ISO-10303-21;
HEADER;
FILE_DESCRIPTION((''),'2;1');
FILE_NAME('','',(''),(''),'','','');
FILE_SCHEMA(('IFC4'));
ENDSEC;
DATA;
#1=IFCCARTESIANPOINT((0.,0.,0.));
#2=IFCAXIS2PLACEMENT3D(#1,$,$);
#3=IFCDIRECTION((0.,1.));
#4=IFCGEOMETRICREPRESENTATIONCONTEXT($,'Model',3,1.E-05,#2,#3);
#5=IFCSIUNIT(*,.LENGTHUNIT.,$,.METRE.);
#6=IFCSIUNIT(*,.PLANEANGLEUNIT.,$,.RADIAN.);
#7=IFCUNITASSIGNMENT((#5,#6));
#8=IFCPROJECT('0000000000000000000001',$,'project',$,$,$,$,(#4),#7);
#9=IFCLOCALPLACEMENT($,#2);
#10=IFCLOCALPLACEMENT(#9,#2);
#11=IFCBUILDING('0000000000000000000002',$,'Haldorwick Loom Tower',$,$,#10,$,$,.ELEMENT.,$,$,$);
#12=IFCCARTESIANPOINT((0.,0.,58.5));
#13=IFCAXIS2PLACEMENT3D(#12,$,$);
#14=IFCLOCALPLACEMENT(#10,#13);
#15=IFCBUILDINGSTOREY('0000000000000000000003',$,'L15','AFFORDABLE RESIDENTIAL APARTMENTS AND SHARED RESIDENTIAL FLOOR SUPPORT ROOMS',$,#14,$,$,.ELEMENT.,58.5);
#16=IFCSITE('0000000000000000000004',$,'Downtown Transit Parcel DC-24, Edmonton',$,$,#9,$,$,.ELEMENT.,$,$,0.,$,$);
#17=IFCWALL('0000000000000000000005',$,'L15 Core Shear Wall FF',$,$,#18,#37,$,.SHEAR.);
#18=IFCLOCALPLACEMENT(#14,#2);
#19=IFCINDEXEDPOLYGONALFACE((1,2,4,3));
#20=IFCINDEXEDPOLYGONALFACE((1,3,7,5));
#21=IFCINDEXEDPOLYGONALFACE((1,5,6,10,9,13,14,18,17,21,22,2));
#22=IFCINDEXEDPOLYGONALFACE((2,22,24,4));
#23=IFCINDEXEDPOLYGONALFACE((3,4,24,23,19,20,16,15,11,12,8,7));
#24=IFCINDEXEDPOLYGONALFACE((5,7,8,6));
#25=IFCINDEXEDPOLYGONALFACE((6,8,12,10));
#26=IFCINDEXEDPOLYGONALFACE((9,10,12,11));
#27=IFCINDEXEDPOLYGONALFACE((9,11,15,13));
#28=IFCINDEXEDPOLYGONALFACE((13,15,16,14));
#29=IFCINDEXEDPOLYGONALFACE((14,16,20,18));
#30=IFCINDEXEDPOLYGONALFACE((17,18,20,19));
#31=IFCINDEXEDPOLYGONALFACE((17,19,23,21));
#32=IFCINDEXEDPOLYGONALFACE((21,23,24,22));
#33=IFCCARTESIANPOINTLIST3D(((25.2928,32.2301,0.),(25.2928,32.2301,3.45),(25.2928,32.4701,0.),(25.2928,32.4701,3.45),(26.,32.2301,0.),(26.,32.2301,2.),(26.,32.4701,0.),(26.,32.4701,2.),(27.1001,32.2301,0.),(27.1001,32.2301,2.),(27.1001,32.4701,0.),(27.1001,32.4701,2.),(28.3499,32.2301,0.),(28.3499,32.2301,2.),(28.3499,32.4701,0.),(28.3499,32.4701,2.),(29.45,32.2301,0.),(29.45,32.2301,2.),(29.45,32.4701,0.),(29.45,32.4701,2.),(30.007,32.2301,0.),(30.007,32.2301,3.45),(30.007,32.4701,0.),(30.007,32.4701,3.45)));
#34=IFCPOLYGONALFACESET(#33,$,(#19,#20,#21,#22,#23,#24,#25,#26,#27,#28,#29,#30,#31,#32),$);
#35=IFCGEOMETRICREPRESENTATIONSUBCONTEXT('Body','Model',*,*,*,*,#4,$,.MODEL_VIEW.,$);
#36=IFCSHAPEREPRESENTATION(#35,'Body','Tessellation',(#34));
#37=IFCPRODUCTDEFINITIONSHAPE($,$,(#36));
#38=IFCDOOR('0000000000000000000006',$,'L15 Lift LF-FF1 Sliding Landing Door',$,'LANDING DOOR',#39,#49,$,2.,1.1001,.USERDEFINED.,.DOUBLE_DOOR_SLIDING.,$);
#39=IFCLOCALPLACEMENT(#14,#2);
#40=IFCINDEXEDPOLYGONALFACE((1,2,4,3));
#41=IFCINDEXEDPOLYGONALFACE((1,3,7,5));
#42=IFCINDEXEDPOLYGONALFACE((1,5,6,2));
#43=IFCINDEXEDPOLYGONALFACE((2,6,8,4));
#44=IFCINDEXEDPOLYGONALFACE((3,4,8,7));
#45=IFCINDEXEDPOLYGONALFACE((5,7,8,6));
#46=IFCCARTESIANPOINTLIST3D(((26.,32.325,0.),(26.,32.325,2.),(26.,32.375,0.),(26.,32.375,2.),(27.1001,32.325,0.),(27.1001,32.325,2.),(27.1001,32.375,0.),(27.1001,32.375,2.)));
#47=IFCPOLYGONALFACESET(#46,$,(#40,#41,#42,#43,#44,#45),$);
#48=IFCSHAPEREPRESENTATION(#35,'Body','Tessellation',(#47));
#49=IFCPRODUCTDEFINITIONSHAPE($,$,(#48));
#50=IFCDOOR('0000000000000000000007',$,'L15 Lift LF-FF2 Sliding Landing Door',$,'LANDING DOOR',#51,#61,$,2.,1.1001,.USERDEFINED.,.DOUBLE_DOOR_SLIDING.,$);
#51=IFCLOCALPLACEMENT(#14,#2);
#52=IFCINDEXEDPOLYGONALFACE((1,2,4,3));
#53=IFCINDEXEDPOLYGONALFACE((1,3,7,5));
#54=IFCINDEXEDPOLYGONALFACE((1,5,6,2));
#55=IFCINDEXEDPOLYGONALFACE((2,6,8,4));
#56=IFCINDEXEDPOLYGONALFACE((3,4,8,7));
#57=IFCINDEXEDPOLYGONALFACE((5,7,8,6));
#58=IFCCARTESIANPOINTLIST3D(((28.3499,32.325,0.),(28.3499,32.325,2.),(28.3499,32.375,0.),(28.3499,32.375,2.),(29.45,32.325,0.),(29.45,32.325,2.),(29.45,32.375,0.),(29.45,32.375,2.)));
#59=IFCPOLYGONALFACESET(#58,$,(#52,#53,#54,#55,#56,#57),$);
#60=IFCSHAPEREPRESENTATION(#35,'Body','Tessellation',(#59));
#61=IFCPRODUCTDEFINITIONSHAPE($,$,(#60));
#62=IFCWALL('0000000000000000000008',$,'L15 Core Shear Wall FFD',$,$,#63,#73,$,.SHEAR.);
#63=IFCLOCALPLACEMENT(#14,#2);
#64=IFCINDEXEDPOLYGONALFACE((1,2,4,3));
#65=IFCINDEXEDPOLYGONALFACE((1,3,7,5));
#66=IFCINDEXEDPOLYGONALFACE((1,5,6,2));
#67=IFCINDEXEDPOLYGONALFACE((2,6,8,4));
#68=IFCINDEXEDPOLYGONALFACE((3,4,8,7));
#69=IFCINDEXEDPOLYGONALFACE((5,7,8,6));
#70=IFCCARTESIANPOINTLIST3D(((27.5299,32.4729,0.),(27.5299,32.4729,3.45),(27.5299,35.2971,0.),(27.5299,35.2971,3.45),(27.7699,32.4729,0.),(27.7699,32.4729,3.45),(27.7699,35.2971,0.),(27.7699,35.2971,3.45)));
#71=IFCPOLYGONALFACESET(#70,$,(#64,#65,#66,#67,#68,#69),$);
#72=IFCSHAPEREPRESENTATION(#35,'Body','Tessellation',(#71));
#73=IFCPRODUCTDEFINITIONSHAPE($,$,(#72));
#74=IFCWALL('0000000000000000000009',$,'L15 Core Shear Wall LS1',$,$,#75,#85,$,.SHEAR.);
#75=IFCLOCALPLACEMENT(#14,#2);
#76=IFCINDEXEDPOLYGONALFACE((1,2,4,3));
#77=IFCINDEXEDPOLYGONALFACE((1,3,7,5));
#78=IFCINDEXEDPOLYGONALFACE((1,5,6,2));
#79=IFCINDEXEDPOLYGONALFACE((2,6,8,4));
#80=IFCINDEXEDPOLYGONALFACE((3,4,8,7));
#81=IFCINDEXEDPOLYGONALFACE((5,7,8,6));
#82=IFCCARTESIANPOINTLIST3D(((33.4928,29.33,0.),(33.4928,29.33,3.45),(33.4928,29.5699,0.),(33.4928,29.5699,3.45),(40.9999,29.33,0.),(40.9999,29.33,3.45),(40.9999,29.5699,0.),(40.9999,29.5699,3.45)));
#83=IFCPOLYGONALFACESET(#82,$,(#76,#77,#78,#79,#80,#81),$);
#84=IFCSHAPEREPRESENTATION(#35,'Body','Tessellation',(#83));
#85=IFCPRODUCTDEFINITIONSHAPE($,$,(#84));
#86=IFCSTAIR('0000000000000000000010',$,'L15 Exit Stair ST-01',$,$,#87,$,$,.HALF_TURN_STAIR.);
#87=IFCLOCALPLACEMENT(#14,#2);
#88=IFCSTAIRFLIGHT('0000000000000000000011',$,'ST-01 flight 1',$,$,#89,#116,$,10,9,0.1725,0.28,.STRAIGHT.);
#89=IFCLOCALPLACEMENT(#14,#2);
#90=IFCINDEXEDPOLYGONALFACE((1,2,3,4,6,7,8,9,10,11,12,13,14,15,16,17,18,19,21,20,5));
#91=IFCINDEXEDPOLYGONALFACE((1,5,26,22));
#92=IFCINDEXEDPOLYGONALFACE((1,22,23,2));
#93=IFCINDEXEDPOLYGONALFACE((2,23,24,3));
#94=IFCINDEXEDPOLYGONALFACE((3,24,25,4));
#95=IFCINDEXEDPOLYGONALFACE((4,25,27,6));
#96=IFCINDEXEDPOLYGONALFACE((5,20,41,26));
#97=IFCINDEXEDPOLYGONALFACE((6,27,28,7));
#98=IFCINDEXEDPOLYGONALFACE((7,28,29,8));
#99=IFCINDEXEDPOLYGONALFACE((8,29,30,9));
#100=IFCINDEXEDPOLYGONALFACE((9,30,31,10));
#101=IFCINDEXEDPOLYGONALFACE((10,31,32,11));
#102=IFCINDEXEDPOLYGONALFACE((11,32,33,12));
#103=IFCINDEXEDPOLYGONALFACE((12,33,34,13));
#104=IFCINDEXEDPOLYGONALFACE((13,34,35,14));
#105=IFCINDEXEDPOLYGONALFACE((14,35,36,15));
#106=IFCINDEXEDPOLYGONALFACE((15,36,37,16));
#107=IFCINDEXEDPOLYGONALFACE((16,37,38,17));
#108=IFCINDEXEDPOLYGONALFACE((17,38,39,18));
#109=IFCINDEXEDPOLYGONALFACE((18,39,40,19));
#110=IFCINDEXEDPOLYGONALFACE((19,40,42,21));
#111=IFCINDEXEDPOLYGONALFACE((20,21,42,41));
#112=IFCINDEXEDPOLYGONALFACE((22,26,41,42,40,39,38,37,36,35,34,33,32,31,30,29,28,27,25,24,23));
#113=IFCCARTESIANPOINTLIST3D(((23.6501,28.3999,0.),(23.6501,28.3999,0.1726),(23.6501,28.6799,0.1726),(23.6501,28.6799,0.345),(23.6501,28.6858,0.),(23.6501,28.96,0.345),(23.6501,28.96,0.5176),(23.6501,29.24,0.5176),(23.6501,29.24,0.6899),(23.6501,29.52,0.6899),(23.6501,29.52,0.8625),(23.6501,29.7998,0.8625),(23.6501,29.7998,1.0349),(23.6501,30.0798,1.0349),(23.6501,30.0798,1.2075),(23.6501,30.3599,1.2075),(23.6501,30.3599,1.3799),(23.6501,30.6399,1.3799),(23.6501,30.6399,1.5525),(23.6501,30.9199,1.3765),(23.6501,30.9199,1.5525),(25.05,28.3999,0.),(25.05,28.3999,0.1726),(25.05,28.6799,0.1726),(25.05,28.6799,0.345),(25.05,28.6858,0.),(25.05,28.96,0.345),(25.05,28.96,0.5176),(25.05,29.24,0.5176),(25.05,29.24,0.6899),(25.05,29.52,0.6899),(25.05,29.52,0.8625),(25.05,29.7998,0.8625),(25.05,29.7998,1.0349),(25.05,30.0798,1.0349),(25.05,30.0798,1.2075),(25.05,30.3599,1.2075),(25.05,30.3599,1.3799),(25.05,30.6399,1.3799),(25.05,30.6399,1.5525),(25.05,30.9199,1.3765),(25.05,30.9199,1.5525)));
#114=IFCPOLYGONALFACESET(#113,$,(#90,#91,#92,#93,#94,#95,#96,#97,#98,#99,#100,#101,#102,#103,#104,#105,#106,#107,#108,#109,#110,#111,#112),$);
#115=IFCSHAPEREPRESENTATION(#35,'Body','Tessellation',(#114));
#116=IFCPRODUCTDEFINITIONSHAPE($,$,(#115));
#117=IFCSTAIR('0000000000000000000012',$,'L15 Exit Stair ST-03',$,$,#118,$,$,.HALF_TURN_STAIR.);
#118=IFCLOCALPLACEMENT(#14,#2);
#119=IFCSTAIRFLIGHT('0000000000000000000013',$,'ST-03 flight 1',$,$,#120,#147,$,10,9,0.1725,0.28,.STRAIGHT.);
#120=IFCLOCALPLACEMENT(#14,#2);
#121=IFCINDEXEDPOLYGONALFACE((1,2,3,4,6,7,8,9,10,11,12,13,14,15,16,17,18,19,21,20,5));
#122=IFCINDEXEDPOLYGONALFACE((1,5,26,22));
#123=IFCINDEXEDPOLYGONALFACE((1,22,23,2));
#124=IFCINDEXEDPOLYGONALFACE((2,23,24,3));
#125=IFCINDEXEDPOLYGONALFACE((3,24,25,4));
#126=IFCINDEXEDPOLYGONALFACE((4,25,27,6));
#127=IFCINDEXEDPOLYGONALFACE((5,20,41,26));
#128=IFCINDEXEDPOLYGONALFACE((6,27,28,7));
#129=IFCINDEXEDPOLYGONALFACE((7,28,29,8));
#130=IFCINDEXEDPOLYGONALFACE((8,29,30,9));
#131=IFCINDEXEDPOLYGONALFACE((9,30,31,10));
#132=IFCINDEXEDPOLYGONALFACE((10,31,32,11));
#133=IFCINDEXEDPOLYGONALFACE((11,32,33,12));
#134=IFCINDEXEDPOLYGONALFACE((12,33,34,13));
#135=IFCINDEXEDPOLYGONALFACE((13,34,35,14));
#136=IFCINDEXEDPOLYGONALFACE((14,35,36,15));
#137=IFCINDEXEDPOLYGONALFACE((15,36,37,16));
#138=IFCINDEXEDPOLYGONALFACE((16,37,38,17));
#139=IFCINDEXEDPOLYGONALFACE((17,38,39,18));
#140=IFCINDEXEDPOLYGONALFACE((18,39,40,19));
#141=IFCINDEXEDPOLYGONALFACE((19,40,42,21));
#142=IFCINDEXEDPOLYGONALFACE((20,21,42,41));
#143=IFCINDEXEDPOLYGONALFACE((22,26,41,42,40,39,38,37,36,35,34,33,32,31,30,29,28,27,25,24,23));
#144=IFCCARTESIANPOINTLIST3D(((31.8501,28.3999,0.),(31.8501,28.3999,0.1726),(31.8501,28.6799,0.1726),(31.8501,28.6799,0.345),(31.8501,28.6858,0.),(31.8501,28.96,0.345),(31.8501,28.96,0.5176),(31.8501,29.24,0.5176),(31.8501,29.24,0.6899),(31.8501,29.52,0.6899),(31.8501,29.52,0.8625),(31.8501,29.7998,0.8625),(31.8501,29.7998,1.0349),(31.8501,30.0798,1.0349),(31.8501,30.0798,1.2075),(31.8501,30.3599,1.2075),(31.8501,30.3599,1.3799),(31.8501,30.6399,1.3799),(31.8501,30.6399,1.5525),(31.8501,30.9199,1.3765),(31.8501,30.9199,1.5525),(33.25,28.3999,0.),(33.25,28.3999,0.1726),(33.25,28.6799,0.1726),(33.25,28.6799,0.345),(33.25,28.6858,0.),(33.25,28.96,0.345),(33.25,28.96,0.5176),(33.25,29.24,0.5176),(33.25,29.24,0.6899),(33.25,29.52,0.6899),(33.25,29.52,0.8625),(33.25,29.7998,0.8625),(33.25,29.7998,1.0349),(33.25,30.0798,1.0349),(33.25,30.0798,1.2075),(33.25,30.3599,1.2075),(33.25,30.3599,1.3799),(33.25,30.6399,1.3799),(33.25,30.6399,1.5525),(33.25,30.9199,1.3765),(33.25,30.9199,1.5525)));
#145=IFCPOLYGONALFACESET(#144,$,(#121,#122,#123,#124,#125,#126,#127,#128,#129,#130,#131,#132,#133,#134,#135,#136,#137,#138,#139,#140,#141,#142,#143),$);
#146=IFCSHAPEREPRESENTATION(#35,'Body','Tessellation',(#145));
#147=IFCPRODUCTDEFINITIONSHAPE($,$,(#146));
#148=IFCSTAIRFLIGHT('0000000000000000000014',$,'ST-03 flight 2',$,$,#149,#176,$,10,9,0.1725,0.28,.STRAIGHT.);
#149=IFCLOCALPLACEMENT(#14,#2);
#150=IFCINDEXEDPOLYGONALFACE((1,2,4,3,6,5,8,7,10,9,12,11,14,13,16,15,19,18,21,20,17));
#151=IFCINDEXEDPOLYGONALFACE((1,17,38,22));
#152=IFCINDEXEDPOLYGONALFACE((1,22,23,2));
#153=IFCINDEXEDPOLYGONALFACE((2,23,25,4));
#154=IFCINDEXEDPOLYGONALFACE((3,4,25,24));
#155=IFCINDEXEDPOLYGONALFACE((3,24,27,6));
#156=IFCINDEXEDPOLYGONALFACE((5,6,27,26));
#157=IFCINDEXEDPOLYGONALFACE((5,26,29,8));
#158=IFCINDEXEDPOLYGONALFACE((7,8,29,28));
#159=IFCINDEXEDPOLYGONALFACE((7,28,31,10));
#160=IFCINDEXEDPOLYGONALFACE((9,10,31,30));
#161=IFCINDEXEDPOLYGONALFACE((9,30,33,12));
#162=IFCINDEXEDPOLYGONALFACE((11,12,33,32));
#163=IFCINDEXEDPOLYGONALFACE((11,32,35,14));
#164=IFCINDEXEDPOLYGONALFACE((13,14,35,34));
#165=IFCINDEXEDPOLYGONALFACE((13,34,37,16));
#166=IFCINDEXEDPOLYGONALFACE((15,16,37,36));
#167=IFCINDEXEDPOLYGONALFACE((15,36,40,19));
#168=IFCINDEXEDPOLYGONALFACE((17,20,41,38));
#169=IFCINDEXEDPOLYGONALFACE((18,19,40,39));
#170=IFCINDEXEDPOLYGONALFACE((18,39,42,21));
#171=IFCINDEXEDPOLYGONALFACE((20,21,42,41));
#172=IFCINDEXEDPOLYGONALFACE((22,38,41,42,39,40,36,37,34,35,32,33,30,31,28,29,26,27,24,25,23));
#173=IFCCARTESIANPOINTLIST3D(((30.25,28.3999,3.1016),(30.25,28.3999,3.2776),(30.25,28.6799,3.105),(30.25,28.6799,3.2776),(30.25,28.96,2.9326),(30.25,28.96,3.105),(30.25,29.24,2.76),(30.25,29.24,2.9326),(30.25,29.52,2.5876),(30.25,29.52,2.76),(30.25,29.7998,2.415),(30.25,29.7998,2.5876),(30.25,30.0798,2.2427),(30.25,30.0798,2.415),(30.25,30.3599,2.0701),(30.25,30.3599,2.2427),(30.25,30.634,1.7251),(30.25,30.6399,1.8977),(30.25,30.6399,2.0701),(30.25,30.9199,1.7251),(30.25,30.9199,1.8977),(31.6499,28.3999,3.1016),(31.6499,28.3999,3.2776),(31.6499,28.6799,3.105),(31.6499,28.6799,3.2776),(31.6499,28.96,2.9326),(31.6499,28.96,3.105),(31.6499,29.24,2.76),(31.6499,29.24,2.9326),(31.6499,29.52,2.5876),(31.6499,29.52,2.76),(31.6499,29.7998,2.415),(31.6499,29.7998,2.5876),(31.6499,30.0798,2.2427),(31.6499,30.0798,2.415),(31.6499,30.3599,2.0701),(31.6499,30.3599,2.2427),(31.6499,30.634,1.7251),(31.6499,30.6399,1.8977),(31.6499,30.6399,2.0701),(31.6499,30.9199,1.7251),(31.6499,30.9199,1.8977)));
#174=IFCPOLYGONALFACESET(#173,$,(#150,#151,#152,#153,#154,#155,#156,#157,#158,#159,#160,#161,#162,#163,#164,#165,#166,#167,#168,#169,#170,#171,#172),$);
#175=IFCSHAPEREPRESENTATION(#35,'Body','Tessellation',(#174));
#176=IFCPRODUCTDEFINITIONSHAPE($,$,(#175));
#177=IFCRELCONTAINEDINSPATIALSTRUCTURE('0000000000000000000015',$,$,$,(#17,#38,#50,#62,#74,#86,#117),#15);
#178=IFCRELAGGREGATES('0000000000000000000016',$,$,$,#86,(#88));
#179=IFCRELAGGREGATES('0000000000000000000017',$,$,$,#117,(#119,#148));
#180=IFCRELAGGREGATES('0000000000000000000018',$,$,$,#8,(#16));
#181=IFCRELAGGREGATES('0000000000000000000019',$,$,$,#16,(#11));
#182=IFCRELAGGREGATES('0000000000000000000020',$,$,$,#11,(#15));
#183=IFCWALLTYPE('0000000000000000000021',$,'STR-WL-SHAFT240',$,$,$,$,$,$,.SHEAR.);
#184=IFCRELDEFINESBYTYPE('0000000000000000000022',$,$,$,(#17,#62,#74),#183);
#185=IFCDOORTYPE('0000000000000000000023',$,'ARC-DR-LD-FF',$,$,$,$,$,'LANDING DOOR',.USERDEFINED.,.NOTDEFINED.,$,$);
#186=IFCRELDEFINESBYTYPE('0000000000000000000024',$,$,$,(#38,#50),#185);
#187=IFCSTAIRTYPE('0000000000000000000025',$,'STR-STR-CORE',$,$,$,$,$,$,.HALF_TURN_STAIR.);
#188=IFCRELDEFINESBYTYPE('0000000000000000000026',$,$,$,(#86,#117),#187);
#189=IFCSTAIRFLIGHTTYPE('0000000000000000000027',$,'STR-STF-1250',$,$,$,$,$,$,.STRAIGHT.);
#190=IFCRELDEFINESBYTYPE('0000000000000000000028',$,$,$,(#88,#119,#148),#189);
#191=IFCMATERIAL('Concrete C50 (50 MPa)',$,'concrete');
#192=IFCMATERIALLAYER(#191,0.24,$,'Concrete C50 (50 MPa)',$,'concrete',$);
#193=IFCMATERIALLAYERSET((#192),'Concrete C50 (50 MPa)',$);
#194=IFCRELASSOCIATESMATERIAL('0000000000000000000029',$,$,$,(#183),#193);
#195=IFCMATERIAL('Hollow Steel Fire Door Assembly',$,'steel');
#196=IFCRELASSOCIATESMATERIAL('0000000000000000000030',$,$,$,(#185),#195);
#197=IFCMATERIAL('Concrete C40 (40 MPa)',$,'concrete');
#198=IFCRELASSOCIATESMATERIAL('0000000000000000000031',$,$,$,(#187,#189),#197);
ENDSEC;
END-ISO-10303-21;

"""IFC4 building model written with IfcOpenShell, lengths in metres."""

from ifc_helpers import new_model, si_unit, direction, frame, frame_2d, origin, place, context, subcontext, project, spatial, polyline, rectangle, outline, extrude, material, layer, layer_set, type_object, element, fill, aggregate, save


model = new_model("IFC4")

# Units and contexts
model_context = context("Model", 3, precision=1e-05, world=origin(), true_north=direction((0.0, 1.0)))
body_context = subcontext(model_context, "Body", "Model", "MODEL_VIEW")
ifc_project = project(units=[si_unit("LENGTHUNIT", "METRE"), si_unit("PLANEANGLEUNIT", "RADIAN")], contexts=[model_context])

# Site, building, storey
site_placement = place(None, origin())
site = spatial("IfcSite", under=ifc_project, at=site_placement, Name="Downtown Transit Parcel DC-24, Edmonton", CompositionType="ELEMENT", RefElevation=0.0)
building_placement = place(site_placement, origin())
building = spatial("IfcBuilding", under=site, at=building_placement, Name="Haldorwick Loom Tower", CompositionType="ELEMENT")
storey_placement = place(building_placement, frame((0.0, 0.0, 58.5)))
storey = spatial("IfcBuildingStorey", under=building, at=storey_placement, Name="L15", Description="AFFORDABLE RESIDENTIAL APARTMENTS AND SHARED RESIDENTIAL FLOOR SUPPORT ROOMS", CompositionType="ELEMENT", Elevation=58.5)

# Shared definitions
ifc_material_1 = material(Name="Concrete C50 (50 MPa)", Category="concrete")
ifc_layer = layer(ifc_material_1, 0.24, Name="Concrete C50 (50 MPa)", Category="concrete")
ifc_layer_set = layer_set([ifc_layer], Name="Concrete C50 (50 MPa)")
wall_type = type_object("IfcWallType", Name="STR-WL-SHAFT240", PredefinedType="SHEAR", material=ifc_layer_set)

# Wall, openings, doors
wall_1_placement = place(storey_placement, frame((25.293, 32.3501, 0.0), z_axis=(0.0, 0.0, 1.0), x_axis=(1.0, 0.0, 0.0)))
wall_1 = element("IfcWall", 1, at=wall_1_placement, inside=storey, type_object=wall_type, Name="L15 Core Shear Wall FF", PredefinedType="SHEAR", context=body_context, shape_type="SweptSolid", body=[
    extrude(rectangle(XDim=4.7141, YDim=0.24, at=frame_2d((2.3569, 0.0))), origin(), (0.0, 0.0, 1.0), 3.45),
])
opening_1_placement = place(wall_1_placement, frame((0.707, 0.0, 0.0)))
opening_1 = element("IfcOpeningElement", 2, at=opening_1_placement, cuts=wall_1, PredefinedType="OPENING", context=body_context, shape_type="SweptSolid", body=[
    extrude(rectangle(XDim=1.1001, YDim=2.0, at=frame_2d((0.55, 1.0))), frame((0.0, 0.1299, 0.0), z_axis=(0.0, -1.0, 0.0), x_axis=(1.0, 0.0, 0.0)), (0.0, 0.0, 1.0), 0.26),
])
opening_2_placement = place(wall_1_placement, frame((3.0569, 0.0, 0.0)))
opening_2 = element("IfcOpeningElement", 3, at=opening_2_placement, cuts=wall_1, PredefinedType="OPENING", context=body_context, shape_type="SweptSolid", body=[
    extrude(rectangle(XDim=1.1001, YDim=2.0, at=frame_2d((0.55, 1.0))), frame((0.0, 0.1299, 0.0), z_axis=(0.0, -1.0, 0.0), x_axis=(1.0, 0.0, 0.0)), (0.0, 0.0, 1.0), 0.26),
])
ifc_material_2 = material(Name="Hollow Steel Fire Door Assembly", Category="steel")
door_type = type_object("IfcDoorType", Name="ARC-DR-LD-FF", ElementType="LANDING DOOR", OperationType="NOTDEFINED", PredefinedType="USERDEFINED", material=ifc_material_2)
door_1_placement = place(opening_1_placement, origin())
door_1 = element("IfcDoor", 4, at=door_1_placement, inside=storey, type_object=door_type, Name="L15 Lift LF-FF1 Sliding Landing Door", ObjectType="LANDING DOOR", OperationType="DOUBLE_DOOR_SLIDING", OverallHeight=2.0, OverallWidth=1.1001, PredefinedType="USERDEFINED", context=body_context, shape_type="SweptSolid", body=[
    extrude(rectangle(XDim=1.1001, YDim=2.0, at=frame_2d((0.55, 1.0))), frame((0.0, 0.0249, 0.0), z_axis=(0.0, -1.0, 0.0), x_axis=(1.0, 0.0, 0.0)), (0.0, 0.0, 1.0), 0.05),
])
fill(opening_1, door_1)
door_2_placement = place(opening_2_placement, origin())
door_2 = element("IfcDoor", 5, at=door_2_placement, inside=storey, type_object=door_type, Name="L15 Lift LF-FF2 Sliding Landing Door", ObjectType="LANDING DOOR", OperationType="DOUBLE_DOOR_SLIDING", OverallHeight=2.0, OverallWidth=1.1001, PredefinedType="USERDEFINED", context=body_context, shape_type="SweptSolid", body=[
    extrude(rectangle(XDim=1.1001, YDim=2.0, at=frame_2d((0.55, 1.0))), frame((0.0, 0.0249, 0.0), z_axis=(0.0, -1.0, 0.0), x_axis=(1.0, 0.0, 0.0)), (0.0, 0.0, 1.0), 0.05),
])
fill(opening_2, door_2)

# Walls
wall_2_placement = place(storey_placement, frame((27.6499, 32.4729, 0.0), z_axis=(0.0, 0.0, 1.0), x_axis=(0.0, 1.0, 0.0)))
element("IfcWall", 6, at=wall_2_placement, inside=storey, type_object=wall_type, Name="L15 Core Shear Wall FFD", PredefinedType="SHEAR", context=body_context, shape_type="SweptSolid", body=[
    extrude(rectangle(XDim=2.8242, YDim=0.24, at=frame_2d((1.4121, 0.0))), origin(), (0.0, 0.0, 1.0), 3.45),
])
wall_3_placement = place(storey_placement, frame((33.4929, 29.45, 0.0), z_axis=(0.0, 0.0, 1.0), x_axis=(1.0, 0.0, 0.0)))
element("IfcWall", 7, at=wall_3_placement, inside=storey, type_object=wall_type, Name="L15 Core Shear Wall LS1", PredefinedType="SHEAR", context=body_context, shape_type="SweptSolid", body=[
    extrude(rectangle(XDim=7.5071, YDim=0.24, at=frame_2d((3.7534, 0.0))), origin(), (0.0, 0.0, 1.0), 3.45),
])

# Stair, stair flight
ifc_material_3 = material(Name="Concrete C40 (40 MPa)", Category="concrete")
stair_type = type_object("IfcStairType", Name="STR-STR-CORE", PredefinedType="HALF_TURN_STAIR", material=ifc_material_3)
stair_1_placement = place(storey_placement, origin())
stair_1 = element("IfcStair", 8, at=stair_1_placement, inside=storey, type_object=stair_type, Name="L15 Exit Stair ST-01", PredefinedType="HALF_TURN_STAIR")
stair_flight_type = type_object("IfcStairFlightType", Name="STR-STF-1250", PredefinedType="STRAIGHT", material=ifc_material_3)
stair_flight_1_placement = place(storey_placement, frame((24.3501, 28.3999, 0.0), z_axis=(0.0, 0.0, 1.0), x_axis=(0.0, 1.0, 0.0)))
stair_flight_1 = element("IfcStairFlight", 9, at=stair_flight_1_placement, type_object=stair_flight_type, Name="ST-01 flight 1", NumberOfRisers=10, NumberOfTreads=9, PredefinedType="STRAIGHT", RiserHeight=0.1725, TreadLength=0.28, context=body_context, shape_type="SweptSolid", body=[
    extrude(outline(polyline([(0.0, 0.0), (0.0, 0.1726), (0.28, 0.1726), (0.28, 0.345), (0.5601, 0.345), (0.5601, 0.5176), (0.8401, 0.5176), (0.8401, 0.6899), (1.1201, 0.6899), (1.1201, 0.8625), (1.3999, 0.8625), (1.3999, 1.0349), (1.6799, 1.0349), (1.6799, 1.2075), (1.96, 1.2075), (1.96, 1.3799), (2.24, 1.3799), (2.24, 1.5525), (2.52, 1.5525), (2.52, 1.7251), (2.52, 1.3765), (0.2859, 0.0), (0.0, 0.0)])), frame((0.0, 0.7, 0.0), z_axis=(0.0, -1.0, 0.0), x_axis=(1.0, 0.0, 0.0)), (0.0, 0.0, 1.0), 1.3999),
])
aggregate(stair_1, [stair_flight_1])

# Stair, stair flights
stair_2_placement = place(storey_placement, origin())
stair_2 = element("IfcStair", 10, at=stair_2_placement, inside=storey, type_object=stair_type, Name="L15 Exit Stair ST-03", PredefinedType="HALF_TURN_STAIR")
stair_flight_2_placement = place(storey_placement, frame((32.55, 28.3999, 0.0), z_axis=(0.0, 0.0, 1.0), x_axis=(0.0, 1.0, 0.0)))
stair_flight_2 = element("IfcStairFlight", 11, at=stair_flight_2_placement, type_object=stair_flight_type, Name="ST-03 flight 1", NumberOfRisers=10, NumberOfTreads=9, PredefinedType="STRAIGHT", RiserHeight=0.1725, TreadLength=0.28, context=body_context, shape_type="SweptSolid", body=[
    extrude(outline(polyline([(0.0, 0.0), (0.0, 0.1726), (0.28, 0.1726), (0.28, 0.345), (0.5601, 0.345), (0.5601, 0.5176), (0.8401, 0.5176), (0.8401, 0.6899), (1.1201, 0.6899), (1.1201, 0.8625), (1.3999, 0.8625), (1.3999, 1.0349), (1.6799, 1.0349), (1.6799, 1.2075), (1.96, 1.2075), (1.96, 1.3799), (2.24, 1.3799), (2.24, 1.5525), (2.52, 1.5525), (2.52, 1.7251), (2.52, 1.3765), (0.2859, 0.0), (0.0, 0.0)])), frame((0.0, 0.7, 0.0), z_axis=(0.0, -1.0, 0.0), x_axis=(1.0, 0.0, 0.0)), (0.0, 0.0, 1.0), 1.3999),
])
stair_flight_3_placement = place(storey_placement, frame((30.95, 30.9199, 1.7251), z_axis=(0.0, 0.0, 1.0), x_axis=(0.0, -1.0, 0.0)))
stair_flight_3 = element("IfcStairFlight", 12, at=stair_flight_3_placement, type_object=stair_flight_type, Name="ST-03 flight 2", NumberOfRisers=10, NumberOfTreads=9, PredefinedType="STRAIGHT", RiserHeight=0.1725, TreadLength=0.28, context=body_context, shape_type="SweptSolid", body=[
    extrude(outline(polyline([(0.0, 0.0), (0.0, 0.1726), (0.28, 0.1726), (0.28, 0.345), (0.5601, 0.345), (0.5601, 0.5176), (0.8401, 0.5176), (0.8401, 0.6899), (1.1201, 0.6899), (1.1201, 0.8625), (1.3999, 0.8625), (1.3999, 1.0349), (1.6799, 1.0349), (1.6799, 1.2075), (1.96, 1.2075), (1.96, 1.3799), (2.24, 1.3799), (2.24, 1.5525), (2.52, 1.5525), (2.52, 1.7251), (2.52, 1.3765), (0.2859, 0.0), (0.0, 0.0)])), frame((0.0, 0.7, 0.0), z_axis=(0.0, -1.0, 0.0), x_axis=(1.0, 0.0, 0.0)), (0.0, 0.0, 1.0), 1.3999),
])
aggregate(stair_2, [stair_flight_2, stair_flight_3])

save(model, "model.ifc")
